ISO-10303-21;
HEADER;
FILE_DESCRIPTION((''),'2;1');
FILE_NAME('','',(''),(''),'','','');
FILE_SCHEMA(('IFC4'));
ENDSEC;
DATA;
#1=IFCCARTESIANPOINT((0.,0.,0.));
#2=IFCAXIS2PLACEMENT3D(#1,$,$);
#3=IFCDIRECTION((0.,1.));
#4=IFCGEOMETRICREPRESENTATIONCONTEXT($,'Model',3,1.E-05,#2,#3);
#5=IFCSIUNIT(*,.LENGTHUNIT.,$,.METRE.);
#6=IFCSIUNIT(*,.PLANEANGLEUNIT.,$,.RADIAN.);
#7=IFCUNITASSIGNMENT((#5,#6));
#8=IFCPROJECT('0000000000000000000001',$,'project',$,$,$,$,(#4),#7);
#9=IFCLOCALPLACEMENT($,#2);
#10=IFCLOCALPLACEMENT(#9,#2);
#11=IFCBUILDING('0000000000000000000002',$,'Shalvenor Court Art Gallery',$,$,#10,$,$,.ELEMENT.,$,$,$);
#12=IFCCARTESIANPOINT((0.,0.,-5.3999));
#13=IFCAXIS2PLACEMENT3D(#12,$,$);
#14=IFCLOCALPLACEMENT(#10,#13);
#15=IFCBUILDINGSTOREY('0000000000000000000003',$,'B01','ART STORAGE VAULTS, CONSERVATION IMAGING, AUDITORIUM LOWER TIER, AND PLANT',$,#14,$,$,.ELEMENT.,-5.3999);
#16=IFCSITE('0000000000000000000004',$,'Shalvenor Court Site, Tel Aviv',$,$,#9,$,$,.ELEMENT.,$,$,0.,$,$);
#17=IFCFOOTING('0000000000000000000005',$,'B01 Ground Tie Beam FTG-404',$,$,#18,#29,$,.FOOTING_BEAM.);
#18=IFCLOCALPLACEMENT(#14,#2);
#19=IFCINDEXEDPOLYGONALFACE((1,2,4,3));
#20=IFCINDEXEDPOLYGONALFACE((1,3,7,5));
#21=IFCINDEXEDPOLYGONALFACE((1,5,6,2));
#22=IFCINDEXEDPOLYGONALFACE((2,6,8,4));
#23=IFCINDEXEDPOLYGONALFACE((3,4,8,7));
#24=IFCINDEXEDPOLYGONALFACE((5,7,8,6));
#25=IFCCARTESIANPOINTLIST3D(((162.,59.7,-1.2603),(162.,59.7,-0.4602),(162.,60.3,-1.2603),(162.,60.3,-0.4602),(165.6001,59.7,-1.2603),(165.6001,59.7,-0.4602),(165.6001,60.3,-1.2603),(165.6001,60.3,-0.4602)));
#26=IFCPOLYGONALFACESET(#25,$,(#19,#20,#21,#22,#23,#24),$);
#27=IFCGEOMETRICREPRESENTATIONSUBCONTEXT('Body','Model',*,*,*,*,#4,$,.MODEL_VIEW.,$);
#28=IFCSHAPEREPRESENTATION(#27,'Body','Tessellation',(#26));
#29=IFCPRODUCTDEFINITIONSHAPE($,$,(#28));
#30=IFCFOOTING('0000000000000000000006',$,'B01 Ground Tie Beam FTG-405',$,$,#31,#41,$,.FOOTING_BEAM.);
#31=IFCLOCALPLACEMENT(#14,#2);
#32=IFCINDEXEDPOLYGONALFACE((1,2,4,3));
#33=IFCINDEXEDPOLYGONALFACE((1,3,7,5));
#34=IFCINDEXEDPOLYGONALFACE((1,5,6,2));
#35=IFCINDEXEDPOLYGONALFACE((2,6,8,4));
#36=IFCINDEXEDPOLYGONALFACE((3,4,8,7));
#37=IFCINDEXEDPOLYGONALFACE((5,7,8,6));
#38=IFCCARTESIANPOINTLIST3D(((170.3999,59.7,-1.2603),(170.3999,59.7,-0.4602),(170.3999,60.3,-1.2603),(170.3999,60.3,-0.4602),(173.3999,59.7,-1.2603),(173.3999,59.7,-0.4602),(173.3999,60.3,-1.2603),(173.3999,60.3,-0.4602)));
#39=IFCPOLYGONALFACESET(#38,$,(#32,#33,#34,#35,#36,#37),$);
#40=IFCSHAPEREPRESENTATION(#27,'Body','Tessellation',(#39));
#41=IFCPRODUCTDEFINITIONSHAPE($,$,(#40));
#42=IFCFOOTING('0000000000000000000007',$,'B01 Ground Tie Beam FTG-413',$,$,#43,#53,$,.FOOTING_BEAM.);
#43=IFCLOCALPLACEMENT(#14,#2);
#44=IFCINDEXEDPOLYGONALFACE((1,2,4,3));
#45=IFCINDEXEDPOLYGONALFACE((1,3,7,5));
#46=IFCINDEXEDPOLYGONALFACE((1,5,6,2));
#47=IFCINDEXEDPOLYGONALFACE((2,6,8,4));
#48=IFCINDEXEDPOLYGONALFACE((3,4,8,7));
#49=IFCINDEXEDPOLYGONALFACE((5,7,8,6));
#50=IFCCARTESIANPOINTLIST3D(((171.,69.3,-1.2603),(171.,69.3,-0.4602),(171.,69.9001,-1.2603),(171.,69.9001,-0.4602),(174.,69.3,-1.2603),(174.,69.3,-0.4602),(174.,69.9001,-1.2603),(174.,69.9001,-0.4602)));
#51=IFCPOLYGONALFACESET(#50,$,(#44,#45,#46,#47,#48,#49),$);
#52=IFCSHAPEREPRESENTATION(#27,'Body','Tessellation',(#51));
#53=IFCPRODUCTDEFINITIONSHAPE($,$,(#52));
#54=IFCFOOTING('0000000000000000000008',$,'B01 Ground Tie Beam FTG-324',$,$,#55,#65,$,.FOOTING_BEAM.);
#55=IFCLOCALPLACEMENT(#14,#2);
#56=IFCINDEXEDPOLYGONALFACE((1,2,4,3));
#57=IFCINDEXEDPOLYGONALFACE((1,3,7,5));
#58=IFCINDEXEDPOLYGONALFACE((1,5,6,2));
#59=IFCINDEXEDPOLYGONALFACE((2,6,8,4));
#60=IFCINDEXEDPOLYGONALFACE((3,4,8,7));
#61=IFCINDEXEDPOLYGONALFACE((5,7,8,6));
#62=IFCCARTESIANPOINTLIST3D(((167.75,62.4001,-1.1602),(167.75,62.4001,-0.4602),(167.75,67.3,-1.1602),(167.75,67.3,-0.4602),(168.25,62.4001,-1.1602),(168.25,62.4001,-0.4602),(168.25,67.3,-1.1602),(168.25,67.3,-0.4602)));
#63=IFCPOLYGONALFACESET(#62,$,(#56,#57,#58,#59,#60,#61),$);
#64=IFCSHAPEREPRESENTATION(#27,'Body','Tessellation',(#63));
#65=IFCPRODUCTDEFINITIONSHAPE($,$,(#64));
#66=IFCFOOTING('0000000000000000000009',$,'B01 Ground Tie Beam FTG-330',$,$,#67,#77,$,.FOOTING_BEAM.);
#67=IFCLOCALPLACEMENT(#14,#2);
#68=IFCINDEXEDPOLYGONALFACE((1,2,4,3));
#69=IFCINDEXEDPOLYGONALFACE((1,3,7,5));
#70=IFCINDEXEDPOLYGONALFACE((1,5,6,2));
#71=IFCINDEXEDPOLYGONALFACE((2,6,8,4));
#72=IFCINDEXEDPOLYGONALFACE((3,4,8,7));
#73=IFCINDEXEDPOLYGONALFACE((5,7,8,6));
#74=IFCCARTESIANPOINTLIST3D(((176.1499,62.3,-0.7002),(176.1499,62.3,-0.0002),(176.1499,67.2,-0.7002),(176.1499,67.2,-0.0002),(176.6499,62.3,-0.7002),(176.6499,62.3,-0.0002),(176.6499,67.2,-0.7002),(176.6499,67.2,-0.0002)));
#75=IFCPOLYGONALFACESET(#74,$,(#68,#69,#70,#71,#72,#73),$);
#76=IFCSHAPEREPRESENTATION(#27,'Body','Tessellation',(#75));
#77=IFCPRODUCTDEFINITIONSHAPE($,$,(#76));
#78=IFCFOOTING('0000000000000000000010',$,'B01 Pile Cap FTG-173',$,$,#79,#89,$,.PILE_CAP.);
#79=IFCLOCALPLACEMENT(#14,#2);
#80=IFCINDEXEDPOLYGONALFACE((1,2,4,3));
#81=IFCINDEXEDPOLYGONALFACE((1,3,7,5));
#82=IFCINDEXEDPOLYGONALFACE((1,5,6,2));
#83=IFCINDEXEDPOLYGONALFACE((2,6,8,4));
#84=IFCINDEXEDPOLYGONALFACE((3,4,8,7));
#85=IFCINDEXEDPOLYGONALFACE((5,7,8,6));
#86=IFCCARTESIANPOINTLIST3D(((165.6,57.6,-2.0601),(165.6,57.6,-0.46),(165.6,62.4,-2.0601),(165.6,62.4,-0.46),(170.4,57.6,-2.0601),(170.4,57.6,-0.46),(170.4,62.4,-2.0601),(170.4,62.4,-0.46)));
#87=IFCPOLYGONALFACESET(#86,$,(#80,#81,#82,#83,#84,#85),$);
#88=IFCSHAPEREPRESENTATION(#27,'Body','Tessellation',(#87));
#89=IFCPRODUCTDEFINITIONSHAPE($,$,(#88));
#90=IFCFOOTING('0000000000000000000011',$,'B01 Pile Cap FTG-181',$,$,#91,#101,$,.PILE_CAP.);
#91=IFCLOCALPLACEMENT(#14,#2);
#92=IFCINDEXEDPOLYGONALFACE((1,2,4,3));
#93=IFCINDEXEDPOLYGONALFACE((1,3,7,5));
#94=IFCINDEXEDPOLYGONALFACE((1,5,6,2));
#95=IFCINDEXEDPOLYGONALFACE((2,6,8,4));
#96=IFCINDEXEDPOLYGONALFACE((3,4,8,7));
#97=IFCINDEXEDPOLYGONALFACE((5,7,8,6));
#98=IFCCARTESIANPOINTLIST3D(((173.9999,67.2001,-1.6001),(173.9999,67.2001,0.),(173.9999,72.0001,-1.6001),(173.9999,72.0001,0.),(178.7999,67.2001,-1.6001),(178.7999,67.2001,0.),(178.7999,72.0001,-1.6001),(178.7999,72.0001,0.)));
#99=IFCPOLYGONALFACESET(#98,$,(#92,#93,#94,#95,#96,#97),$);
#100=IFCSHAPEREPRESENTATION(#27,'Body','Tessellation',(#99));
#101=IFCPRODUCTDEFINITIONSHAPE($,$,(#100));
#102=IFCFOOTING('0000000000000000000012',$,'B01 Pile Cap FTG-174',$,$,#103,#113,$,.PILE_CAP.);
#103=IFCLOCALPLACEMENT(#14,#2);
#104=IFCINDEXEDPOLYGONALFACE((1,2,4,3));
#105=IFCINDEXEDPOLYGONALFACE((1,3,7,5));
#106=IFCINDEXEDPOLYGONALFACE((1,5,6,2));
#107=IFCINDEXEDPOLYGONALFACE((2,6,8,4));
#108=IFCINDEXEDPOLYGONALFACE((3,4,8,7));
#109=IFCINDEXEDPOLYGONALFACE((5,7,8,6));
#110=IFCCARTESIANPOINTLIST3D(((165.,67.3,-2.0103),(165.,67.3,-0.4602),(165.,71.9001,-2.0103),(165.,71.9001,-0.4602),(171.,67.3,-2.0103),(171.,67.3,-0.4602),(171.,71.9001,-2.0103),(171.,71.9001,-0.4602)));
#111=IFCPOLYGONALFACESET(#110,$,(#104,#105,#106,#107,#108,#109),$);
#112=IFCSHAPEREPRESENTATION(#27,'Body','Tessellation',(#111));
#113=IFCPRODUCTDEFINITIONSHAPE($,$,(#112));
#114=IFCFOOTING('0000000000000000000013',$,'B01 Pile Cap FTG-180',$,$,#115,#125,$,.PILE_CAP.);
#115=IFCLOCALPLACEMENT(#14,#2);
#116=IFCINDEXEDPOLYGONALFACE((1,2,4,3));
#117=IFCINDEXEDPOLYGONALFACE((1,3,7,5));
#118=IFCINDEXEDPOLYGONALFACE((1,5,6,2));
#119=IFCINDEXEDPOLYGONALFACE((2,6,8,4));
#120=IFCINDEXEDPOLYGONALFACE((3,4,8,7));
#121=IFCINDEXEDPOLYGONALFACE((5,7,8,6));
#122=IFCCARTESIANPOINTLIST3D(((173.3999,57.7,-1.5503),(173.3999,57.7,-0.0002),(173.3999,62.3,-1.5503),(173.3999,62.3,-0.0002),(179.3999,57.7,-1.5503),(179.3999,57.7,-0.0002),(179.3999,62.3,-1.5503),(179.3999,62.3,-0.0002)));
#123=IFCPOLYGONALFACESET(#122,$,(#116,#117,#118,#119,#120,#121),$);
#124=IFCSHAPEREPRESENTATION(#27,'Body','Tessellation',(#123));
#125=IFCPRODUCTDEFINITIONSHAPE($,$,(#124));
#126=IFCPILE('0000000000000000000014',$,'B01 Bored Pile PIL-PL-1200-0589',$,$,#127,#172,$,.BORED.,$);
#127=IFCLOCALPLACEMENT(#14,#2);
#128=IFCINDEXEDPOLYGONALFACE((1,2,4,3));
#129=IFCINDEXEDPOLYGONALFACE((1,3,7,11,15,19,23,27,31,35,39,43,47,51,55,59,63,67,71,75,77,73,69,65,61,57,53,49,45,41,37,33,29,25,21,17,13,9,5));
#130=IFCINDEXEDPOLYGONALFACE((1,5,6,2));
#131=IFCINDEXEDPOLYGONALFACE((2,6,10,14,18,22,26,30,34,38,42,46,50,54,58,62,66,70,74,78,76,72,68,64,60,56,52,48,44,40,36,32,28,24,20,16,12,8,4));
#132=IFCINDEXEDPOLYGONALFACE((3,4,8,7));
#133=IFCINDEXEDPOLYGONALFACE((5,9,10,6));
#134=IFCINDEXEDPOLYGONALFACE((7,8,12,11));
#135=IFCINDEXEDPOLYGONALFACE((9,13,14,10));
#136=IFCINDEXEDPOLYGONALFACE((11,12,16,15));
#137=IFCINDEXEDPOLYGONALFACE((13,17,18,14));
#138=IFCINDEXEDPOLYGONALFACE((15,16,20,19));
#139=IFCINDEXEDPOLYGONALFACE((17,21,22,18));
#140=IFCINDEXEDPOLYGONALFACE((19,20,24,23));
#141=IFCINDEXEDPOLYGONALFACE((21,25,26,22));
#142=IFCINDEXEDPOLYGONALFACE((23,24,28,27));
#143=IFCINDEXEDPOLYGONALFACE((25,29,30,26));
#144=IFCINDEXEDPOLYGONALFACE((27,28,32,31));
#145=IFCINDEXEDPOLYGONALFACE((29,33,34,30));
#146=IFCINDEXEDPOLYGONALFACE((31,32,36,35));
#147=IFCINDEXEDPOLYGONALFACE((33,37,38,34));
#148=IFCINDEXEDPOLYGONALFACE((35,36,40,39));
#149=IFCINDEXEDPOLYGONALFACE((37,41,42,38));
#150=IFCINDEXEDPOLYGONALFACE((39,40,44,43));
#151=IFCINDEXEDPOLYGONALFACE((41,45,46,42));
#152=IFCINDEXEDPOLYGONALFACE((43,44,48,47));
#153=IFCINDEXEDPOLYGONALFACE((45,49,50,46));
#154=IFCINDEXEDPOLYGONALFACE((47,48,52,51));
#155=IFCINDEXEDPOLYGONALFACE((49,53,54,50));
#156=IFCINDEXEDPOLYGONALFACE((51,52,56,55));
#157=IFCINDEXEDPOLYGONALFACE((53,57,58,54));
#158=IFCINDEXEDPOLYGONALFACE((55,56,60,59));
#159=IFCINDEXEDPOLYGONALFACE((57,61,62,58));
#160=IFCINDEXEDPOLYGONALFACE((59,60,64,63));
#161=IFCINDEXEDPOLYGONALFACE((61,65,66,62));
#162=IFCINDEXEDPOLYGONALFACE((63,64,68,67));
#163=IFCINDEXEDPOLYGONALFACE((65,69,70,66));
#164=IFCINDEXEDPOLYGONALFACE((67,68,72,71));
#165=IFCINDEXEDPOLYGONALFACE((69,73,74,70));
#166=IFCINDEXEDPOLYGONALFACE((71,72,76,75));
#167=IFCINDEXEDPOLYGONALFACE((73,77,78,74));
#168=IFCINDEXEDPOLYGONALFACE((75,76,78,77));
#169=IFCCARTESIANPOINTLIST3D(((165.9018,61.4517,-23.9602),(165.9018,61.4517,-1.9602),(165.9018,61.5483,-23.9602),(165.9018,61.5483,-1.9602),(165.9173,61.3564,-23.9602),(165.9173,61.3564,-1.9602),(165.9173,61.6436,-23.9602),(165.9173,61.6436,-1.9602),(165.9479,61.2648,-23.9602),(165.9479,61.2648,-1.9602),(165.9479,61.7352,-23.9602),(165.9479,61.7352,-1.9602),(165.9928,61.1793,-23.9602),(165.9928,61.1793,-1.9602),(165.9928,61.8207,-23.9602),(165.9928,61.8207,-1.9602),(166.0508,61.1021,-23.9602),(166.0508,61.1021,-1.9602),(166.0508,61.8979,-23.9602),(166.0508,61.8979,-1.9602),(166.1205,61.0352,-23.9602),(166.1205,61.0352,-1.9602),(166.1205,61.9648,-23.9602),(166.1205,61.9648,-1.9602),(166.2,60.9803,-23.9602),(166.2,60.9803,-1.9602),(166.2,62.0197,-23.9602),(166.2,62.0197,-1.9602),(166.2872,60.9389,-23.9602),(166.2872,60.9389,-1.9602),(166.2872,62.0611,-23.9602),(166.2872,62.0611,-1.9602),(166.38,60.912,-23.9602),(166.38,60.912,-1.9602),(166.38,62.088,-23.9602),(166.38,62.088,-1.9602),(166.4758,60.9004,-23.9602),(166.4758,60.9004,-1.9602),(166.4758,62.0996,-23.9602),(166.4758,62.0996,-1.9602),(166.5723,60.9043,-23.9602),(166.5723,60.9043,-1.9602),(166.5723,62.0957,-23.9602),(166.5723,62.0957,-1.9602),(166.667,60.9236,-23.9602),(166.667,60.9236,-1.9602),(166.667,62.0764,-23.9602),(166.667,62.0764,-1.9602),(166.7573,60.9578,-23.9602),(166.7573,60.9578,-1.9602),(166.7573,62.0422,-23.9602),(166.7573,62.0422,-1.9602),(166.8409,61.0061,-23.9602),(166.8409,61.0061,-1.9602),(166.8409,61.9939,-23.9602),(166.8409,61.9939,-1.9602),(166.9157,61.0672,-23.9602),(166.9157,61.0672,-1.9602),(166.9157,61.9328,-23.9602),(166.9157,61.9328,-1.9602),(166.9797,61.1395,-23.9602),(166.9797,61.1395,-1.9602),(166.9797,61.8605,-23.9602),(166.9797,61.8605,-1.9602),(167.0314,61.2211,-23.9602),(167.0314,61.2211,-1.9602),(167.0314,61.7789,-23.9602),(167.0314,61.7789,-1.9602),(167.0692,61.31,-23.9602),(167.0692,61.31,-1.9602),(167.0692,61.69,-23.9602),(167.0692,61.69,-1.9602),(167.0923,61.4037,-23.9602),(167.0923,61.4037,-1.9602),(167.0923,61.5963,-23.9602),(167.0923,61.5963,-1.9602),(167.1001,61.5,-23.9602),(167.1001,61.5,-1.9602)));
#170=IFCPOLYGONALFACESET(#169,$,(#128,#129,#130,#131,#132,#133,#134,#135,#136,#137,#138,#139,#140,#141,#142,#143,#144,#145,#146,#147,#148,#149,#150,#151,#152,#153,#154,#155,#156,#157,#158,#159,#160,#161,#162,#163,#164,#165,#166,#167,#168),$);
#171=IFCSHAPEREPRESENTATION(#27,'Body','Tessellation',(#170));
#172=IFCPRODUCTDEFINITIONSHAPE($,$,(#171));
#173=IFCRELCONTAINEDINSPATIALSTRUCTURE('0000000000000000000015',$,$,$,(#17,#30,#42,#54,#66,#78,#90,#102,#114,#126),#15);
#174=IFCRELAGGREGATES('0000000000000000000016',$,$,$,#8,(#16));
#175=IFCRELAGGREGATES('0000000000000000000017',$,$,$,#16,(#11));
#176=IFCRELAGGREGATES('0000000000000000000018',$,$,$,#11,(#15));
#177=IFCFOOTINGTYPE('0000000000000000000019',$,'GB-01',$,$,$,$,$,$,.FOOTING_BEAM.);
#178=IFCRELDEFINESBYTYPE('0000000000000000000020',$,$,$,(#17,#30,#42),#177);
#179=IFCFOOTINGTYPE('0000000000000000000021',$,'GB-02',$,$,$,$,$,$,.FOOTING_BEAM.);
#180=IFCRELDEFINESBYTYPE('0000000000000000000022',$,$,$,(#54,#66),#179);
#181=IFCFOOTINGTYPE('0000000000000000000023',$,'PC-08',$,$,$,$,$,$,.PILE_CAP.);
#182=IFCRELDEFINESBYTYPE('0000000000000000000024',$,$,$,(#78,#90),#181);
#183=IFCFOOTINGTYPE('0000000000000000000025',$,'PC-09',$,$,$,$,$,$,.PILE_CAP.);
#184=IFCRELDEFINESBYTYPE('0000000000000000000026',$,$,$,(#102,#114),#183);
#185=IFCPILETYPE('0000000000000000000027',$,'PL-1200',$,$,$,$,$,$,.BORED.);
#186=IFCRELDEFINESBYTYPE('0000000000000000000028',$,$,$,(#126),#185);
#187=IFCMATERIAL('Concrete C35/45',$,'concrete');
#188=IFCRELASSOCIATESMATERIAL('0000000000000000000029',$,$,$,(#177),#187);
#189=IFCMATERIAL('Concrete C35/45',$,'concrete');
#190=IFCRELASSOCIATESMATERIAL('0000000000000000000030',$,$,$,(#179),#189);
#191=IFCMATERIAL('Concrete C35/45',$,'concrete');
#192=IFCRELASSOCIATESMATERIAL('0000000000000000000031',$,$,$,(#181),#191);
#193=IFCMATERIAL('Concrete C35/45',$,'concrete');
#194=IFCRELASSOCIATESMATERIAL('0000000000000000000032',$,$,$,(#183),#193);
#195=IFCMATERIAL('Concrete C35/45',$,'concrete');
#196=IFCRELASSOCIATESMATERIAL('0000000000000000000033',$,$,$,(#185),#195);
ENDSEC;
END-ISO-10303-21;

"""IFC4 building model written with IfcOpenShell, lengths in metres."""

from ifc_helpers import new_model, si_unit, direction, frame, origin, origin_2d, place, context, subcontext, project, spatial, rectangle, circle, extrude, material, material_profile, profile_set, type_object, element, save


model = new_model("IFC4")

# Units and contexts
model_context = context("Model", 3, precision=1e-05, world=origin(), true_north=direction((0.0, 1.0)))
body_context = subcontext(model_context, "Body", "Model", "MODEL_VIEW")
ifc_project = project(units=[si_unit("LENGTHUNIT", "METRE"), si_unit("PLANEANGLEUNIT", "RADIAN")], contexts=[model_context])

# Site, building, storey
site_placement = place(None, origin())
site = spatial("IfcSite", under=ifc_project, at=site_placement, Name="Shalvenor Court Site, Tel Aviv", CompositionType="ELEMENT", RefElevation=0.0)
building_placement = place(site_placement, origin())
building = spatial("IfcBuilding", under=site, at=building_placement, Name="Shalvenor Court Art Gallery", CompositionType="ELEMENT")
storey_placement = place(building_placement, frame((0.0, 0.0, -5.3999)))
storey = spatial("IfcBuildingStorey", under=building, at=storey_placement, Name="B01", Description="ART STORAGE VAULTS, CONSERVATION IMAGING, AUDITORIUM LOWER TIER, AND PLANT", CompositionType="ELEMENT", Elevation=-5.3999)

# Footings
ifc_material_1 = material(Name="Concrete C35/45", Category="concrete")
footing_type_1 = type_object("IfcFootingType", Name="GB-01", PredefinedType="FOOTING_BEAM", material=ifc_material_1)
footing_1_placement = place(storey_placement, frame((163.8, 60.0, -1.2603), z_axis=(0.0, 0.0, 1.0), x_axis=(1.0, 0.0, 0.0)))
element("IfcFooting", 1, at=footing_1_placement, inside=storey, type_object=footing_type_1, Name="B01 Ground Tie Beam FTG-404", PredefinedType="FOOTING_BEAM", context=body_context, shape_type="SweptSolid", body=[
    extrude(rectangle(XDim=3.6001, YDim=0.6001, at=origin_2d()), origin(), (0.0, 0.0, 1.0), 0.8),
])
for number, where, z_axis, x_axis, name in (
    (2, (171.8999, 60.0, -1.2603), (0.0, 0.0, 1.0), (1.0, 0.0, 0.0), "B01 Ground Tie Beam FTG-405"),
    (3, (172.5, 69.6001, -1.2603), (0.0, 0.0, 1.0), (1.0, 0.0, 0.0), "B01 Ground Tie Beam FTG-413"),
):
    element("IfcFooting", number, at=place(storey_placement, frame(where, z_axis=z_axis, x_axis=x_axis)), inside=storey, type_object=footing_type_1, Name=name, PredefinedType="FOOTING_BEAM", context=body_context, shape_type="SweptSolid", body=[
        extrude(rectangle(XDim=3.0, YDim=0.6001, at=origin_2d()), origin(), (0.0, 0.0, 1.0), 0.8),
    ])
ifc_material_2 = material(Name="Concrete C35/45", Category="concrete")
footing_type_2 = type_object("IfcFootingType", Name="GB-02", PredefinedType="FOOTING_BEAM", material=ifc_material_2)
for number, where, z_axis, x_axis, name in (
    (4, (168.0, 64.8501, -1.1602), (0.0, 0.0, 1.0), (0.0, 1.0, 0.0), "B01 Ground Tie Beam FTG-324"),
    (5, (176.3999, 64.75, -0.7002), (0.0, 0.0, 1.0), (0.0, 1.0, 0.0), "B01 Ground Tie Beam FTG-330"),
):
    element("IfcFooting", number, at=place(storey_placement, frame(where, z_axis=z_axis, x_axis=x_axis)), inside=storey, type_object=footing_type_2, Name=name, PredefinedType="FOOTING_BEAM", context=body_context, shape_type="SweptSolid", body=[
        extrude(rectangle(XDim=4.8999, YDim=0.5, at=origin_2d()), origin(), (0.0, 0.0, 1.0), 0.7),
    ])
ifc_material_3 = material(Name="Concrete C35/45", Category="concrete")
footing_type_3 = type_object("IfcFootingType", Name="PC-08", PredefinedType="PILE_CAP", material=ifc_material_3)
for number, where, z_axis, x_axis, name in (
    (6, (168.0, 60.0, -2.0601), (0.0, 0.0, 1.0), (1.0, 0.0, 0.0), "B01 Pile Cap FTG-173"),
    (7, (176.3999, 69.6001, -1.6001), (0.0, 0.0, 1.0), (1.0, 0.0, 0.0), "B01 Pile Cap FTG-181"),
):
    element("IfcFooting", number, at=place(storey_placement, frame(where, z_axis=z_axis, x_axis=x_axis)), inside=storey, type_object=footing_type_3, Name=name, PredefinedType="PILE_CAP", context=body_context, shape_type="SweptSolid", body=[
        extrude(rectangle(XDim=4.8, YDim=4.8, at=origin_2d()), origin(), (0.0, 0.0, 1.0), 1.6001),
    ])
ifc_material_4 = material(Name="Concrete C35/45", Category="concrete")
footing_type_4 = type_object("IfcFootingType", Name="PC-09", PredefinedType="PILE_CAP", material=ifc_material_4)
for number, where, z_axis, x_axis, name in (
    (8, (168.0, 69.6001, -2.0103), (0.0, 0.0, 1.0), (1.0, 0.0, 0.0), "B01 Pile Cap FTG-174"),
    (9, (176.3999, 60.0, -1.5503), (0.0, 0.0, 1.0), (1.0, 0.0, 0.0), "B01 Pile Cap FTG-180"),
):
    element("IfcFooting", number, at=place(storey_placement, frame(where, z_axis=z_axis, x_axis=x_axis)), inside=storey, type_object=footing_type_4, Name=name, PredefinedType="PILE_CAP", context=body_context, shape_type="SweptSolid", body=[
        extrude(rectangle(XDim=6.0, YDim=4.6001, at=origin_2d()), origin(), (0.0, 0.0, 1.0), 1.55),
    ])

# Pile
ifc_material_5 = material(Name="Concrete C35/45", Category="concrete")
ifc_material_profile_1 = material_profile(ifc_material_5, circle(Radius=0.6001, at=origin_2d()), Name="PILE 1200")
ifc_profile_set_1 = profile_set([ifc_material_profile_1], Name="Concrete C35/45")
pile_type = type_object("IfcPileType", Name="PL-1200", PredefinedType="BORED", material=ifc_profile_set_1)
for number, where, z_axis, x_axis, name in (
    (10, (166.5, 61.5, -1.9602), (0.0, 0.0, -1.0), (1.0, 0.0, 0.0), "B01 Bored Pile PIL-PL-1200-0589"),
):
    element("IfcPile", number, at=place(storey_placement, frame(where, z_axis=z_axis, x_axis=x_axis)), inside=storey, type_object=pile_type, Name=name, PredefinedType="BORED", context=body_context, shape_type="SweptSolid", body=[
        extrude(circle(Radius=0.6001, at=origin_2d()), origin(), (0.0, 0.0, 1.0), 22.0),
    ])

save(model, "model.ifc")
